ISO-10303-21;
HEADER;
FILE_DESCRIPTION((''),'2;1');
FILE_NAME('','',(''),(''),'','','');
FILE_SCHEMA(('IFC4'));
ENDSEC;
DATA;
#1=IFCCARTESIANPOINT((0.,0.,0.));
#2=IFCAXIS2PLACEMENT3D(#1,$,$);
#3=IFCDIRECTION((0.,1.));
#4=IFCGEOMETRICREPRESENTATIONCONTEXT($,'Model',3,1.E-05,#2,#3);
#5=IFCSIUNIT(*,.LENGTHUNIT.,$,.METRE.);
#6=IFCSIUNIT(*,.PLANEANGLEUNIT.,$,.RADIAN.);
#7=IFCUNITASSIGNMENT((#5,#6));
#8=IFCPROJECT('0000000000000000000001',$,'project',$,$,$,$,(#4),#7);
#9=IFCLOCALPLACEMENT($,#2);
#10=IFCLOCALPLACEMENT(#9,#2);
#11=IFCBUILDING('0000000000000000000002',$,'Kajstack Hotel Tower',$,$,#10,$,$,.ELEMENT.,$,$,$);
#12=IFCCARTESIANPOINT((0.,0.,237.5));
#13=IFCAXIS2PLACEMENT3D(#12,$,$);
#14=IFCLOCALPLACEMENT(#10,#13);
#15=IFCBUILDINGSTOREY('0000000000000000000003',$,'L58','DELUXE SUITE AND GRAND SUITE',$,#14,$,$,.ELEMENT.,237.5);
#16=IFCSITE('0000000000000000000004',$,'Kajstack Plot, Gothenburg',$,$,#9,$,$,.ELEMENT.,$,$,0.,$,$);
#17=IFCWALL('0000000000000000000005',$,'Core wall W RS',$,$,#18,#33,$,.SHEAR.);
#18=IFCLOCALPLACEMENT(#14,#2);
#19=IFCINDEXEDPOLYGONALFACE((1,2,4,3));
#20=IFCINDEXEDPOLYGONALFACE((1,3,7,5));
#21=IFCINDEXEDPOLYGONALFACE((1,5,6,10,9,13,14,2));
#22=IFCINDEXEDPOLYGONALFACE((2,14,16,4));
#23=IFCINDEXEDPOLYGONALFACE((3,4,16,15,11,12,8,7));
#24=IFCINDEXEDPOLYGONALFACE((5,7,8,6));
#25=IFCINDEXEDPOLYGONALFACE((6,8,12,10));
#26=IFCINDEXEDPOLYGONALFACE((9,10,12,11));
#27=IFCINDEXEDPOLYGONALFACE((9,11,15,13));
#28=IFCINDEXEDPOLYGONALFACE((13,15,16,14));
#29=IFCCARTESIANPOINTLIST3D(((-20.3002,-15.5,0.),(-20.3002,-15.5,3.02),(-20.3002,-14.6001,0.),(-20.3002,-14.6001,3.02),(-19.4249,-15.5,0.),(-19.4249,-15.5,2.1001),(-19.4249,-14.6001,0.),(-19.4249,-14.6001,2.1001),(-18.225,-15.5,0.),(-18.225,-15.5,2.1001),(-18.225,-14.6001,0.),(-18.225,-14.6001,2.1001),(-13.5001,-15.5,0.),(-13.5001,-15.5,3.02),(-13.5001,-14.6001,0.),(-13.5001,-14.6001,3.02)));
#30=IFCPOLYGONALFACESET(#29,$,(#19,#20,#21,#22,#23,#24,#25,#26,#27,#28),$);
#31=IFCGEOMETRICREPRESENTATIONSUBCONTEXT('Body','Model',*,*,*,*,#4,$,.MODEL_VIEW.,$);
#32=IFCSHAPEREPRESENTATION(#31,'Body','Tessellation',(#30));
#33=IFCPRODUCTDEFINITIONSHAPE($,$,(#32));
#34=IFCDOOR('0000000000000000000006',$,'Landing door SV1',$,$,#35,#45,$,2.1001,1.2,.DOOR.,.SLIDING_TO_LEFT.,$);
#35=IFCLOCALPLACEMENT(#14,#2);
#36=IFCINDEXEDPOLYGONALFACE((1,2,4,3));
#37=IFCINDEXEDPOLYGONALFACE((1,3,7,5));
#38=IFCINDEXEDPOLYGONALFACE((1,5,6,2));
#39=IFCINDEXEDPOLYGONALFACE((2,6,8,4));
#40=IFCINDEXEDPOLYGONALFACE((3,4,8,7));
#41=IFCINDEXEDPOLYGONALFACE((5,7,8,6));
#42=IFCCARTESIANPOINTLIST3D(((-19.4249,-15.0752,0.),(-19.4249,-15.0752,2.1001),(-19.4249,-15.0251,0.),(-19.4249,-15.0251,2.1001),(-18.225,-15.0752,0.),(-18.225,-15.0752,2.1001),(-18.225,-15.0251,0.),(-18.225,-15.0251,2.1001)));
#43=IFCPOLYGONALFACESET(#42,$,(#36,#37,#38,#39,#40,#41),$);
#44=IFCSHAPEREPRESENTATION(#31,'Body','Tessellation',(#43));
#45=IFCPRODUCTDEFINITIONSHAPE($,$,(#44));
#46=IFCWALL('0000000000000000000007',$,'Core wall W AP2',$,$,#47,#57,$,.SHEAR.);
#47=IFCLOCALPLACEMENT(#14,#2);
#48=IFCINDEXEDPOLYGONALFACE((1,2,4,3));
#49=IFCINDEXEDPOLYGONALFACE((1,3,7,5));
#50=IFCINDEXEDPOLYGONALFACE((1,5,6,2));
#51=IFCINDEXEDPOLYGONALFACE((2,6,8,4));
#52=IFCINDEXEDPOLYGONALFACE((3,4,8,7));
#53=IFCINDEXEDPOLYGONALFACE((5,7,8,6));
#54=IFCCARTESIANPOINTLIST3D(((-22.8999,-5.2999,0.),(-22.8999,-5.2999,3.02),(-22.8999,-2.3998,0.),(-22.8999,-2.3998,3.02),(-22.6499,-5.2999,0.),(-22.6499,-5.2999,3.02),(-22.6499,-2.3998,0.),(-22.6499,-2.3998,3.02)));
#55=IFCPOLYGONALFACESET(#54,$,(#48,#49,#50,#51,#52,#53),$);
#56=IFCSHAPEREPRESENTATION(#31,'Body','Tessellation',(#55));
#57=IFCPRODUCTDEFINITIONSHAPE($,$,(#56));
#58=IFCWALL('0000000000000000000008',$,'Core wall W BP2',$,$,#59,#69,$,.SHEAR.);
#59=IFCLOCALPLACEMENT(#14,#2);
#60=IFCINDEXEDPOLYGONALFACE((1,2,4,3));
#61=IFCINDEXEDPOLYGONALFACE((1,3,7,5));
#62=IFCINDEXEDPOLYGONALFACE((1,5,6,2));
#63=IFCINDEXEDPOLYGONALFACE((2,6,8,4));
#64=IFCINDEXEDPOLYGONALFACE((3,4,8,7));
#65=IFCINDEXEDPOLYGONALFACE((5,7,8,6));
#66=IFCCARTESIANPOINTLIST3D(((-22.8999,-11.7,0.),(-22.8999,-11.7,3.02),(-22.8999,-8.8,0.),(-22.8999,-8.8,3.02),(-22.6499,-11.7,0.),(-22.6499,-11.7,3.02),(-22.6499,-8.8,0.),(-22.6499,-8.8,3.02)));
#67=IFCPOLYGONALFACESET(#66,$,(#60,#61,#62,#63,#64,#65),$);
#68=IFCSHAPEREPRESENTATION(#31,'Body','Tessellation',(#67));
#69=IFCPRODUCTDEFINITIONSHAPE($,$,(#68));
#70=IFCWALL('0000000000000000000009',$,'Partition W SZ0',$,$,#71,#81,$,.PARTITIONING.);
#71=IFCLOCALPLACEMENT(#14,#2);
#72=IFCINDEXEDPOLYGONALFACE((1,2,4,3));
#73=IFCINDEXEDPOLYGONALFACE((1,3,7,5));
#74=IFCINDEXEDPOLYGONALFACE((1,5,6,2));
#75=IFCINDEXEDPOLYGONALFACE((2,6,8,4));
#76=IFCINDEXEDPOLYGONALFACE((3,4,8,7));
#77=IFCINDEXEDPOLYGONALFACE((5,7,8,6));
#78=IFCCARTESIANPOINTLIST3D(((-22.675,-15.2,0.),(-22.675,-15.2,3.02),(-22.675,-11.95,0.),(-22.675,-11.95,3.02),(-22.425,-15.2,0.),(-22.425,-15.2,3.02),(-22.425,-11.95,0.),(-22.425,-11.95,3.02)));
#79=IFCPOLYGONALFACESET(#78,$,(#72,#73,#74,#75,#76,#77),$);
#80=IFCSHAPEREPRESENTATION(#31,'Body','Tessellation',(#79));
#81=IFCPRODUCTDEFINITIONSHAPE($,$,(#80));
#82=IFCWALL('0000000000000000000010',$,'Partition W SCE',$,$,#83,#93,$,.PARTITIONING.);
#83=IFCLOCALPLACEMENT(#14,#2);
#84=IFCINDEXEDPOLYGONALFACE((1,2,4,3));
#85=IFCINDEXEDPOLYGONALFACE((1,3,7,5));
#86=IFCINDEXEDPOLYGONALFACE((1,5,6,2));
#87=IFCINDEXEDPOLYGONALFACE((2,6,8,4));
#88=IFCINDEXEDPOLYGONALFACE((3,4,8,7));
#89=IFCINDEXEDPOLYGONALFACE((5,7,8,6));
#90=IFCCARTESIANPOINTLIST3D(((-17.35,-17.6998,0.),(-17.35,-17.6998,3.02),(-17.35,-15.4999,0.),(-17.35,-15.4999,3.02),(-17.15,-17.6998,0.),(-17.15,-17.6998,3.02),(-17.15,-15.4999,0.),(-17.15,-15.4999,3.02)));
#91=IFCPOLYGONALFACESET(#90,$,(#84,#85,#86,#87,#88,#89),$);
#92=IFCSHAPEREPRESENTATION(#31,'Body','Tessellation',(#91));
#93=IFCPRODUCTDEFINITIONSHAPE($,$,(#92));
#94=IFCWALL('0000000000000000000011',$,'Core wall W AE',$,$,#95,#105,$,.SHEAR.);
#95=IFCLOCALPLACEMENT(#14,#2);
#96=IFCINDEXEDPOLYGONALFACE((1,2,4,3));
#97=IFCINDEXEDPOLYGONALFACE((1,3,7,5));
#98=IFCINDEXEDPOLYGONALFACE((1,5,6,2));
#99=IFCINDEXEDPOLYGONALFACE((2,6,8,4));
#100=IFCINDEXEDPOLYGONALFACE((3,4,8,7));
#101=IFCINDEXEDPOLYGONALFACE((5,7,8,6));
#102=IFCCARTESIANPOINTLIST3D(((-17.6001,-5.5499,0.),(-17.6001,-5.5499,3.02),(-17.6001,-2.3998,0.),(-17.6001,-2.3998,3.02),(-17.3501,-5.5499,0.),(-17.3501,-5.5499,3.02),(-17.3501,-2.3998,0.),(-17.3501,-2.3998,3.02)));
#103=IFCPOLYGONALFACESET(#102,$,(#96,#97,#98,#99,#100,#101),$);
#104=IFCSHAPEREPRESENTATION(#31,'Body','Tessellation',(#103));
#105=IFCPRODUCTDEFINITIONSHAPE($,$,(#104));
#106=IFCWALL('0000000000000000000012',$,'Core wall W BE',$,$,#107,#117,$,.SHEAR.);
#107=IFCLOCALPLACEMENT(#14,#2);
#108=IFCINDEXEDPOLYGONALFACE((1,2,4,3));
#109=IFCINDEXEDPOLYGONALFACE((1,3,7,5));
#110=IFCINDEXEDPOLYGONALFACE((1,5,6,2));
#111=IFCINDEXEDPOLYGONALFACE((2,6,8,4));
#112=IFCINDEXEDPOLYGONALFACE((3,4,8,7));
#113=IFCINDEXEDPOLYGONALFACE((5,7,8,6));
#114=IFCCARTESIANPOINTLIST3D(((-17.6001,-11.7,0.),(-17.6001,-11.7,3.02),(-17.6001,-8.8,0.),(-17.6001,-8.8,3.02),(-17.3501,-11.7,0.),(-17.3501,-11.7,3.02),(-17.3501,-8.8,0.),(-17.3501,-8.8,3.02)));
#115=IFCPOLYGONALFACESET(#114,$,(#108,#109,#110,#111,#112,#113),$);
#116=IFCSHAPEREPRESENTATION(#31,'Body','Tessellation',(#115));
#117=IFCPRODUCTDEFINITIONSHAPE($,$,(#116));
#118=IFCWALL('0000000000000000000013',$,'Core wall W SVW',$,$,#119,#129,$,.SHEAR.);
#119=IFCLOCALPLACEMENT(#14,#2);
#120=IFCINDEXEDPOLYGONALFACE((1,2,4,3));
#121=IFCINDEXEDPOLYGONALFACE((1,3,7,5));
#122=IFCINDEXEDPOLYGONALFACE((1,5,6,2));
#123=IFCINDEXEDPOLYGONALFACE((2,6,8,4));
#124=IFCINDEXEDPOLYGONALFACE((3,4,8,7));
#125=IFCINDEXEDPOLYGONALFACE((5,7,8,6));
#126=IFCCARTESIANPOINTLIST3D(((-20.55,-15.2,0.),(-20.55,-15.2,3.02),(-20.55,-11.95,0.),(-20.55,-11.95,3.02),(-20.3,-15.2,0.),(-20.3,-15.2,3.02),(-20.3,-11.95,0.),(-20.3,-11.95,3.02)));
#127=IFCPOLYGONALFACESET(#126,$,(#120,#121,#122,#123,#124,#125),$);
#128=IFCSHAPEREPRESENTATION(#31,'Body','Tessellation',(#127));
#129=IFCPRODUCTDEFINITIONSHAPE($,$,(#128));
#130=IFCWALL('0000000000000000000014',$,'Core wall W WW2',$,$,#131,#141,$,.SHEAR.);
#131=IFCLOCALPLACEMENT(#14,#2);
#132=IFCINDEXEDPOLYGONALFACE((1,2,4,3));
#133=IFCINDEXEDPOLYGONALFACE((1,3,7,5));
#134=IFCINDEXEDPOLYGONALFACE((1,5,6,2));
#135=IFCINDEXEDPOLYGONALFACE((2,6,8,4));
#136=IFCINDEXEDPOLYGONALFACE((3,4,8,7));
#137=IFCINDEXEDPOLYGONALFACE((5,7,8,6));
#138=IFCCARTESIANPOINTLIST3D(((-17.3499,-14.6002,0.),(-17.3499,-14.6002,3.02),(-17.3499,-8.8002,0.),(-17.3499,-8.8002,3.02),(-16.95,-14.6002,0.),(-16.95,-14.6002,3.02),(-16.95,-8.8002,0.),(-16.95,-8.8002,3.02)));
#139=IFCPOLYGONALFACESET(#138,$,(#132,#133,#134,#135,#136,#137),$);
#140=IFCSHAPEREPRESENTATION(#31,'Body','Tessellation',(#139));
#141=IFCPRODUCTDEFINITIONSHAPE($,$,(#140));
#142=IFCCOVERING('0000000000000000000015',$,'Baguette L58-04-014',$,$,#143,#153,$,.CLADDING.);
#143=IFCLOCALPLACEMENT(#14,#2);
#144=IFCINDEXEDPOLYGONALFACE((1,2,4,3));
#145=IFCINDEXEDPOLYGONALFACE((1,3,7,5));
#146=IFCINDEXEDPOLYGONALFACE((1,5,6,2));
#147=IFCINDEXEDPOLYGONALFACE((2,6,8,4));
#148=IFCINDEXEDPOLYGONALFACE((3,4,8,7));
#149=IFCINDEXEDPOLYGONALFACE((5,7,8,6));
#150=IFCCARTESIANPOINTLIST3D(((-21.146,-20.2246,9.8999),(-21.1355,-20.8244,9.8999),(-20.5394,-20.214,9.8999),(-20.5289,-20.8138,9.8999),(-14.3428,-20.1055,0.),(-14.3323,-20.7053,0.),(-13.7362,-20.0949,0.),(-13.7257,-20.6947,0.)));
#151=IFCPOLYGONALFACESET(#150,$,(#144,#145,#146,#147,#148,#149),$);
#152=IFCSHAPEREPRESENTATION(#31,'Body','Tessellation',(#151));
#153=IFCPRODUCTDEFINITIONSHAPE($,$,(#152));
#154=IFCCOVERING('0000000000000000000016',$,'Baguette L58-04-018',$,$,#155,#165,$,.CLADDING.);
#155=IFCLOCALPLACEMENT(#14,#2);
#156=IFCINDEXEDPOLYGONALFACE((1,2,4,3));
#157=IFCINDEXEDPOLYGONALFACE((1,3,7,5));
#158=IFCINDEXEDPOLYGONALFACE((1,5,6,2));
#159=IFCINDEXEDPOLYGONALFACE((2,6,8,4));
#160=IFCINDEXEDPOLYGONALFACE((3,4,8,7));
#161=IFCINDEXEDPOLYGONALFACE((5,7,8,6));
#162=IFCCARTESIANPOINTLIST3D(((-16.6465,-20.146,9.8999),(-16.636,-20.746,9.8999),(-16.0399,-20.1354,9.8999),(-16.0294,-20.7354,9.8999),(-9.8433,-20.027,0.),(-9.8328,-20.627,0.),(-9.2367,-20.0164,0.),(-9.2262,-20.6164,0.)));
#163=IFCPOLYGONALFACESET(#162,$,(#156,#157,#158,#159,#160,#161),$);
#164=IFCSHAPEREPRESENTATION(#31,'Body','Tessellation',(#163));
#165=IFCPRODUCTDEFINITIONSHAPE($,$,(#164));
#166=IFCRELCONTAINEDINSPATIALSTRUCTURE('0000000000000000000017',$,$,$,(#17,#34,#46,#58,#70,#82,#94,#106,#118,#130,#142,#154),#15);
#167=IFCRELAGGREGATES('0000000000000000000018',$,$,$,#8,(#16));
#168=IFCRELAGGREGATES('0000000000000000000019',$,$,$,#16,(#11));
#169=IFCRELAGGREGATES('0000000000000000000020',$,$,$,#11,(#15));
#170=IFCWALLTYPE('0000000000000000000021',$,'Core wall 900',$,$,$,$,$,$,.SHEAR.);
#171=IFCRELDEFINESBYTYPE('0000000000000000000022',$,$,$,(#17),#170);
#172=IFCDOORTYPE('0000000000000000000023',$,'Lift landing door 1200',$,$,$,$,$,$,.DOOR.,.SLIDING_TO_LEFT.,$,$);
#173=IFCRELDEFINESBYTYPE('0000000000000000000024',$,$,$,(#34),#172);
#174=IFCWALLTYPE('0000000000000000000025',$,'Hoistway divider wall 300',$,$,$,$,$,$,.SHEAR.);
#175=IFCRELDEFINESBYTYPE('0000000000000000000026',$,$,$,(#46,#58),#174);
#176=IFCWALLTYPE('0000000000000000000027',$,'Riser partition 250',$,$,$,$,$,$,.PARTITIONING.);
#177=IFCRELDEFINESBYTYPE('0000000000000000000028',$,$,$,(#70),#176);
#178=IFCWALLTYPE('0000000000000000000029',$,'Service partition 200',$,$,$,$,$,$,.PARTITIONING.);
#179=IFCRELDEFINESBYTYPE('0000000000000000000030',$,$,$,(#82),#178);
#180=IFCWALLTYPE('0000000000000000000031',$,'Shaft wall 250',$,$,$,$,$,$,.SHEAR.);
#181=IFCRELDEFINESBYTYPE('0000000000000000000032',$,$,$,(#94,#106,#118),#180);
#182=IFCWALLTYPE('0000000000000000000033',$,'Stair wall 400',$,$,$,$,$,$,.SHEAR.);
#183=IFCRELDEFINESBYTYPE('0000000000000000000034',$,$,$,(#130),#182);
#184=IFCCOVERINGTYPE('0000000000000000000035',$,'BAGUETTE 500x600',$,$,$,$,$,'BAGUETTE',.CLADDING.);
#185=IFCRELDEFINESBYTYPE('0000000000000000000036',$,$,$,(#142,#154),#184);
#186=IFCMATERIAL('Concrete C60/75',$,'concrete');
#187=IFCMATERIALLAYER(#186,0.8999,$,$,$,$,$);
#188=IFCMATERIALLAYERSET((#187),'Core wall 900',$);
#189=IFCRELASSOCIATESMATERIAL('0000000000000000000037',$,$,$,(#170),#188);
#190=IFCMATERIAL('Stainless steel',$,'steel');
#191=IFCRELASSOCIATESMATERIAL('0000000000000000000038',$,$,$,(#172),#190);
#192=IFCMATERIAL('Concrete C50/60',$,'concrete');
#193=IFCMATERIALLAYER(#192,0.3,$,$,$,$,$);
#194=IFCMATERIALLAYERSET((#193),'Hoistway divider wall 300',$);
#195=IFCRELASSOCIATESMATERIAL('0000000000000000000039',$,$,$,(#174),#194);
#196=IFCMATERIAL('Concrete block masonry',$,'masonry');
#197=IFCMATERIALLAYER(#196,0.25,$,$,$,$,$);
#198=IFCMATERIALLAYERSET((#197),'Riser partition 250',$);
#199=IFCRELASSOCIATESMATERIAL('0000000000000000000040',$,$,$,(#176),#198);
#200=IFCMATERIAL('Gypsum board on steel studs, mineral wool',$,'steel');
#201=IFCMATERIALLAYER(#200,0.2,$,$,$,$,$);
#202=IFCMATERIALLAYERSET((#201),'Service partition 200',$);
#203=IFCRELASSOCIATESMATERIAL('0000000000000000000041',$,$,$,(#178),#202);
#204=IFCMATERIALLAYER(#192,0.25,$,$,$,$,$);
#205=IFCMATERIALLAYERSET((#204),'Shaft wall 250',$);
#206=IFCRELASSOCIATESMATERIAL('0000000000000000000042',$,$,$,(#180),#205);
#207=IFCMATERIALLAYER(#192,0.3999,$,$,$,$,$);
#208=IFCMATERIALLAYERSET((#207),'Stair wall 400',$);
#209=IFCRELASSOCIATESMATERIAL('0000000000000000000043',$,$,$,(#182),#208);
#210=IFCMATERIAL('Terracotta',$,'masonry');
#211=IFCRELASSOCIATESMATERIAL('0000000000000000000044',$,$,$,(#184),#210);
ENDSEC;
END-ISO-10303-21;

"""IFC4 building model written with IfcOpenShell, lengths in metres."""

from ifc_helpers import new_model, si_unit, direction, frame, frame_2d, origin, origin_2d, place, context, subcontext, project, spatial, polyline, rectangle, outline, extrude, material, layer, layer_set, material_profile, profile_set, type_object, element, fill, save


model = new_model("IFC4")

# Units and contexts
model_context = context("Model", 3, precision=1e-05, world=origin(), true_north=direction((0.0, 1.0)))
body_context = subcontext(model_context, "Body", "Model", "MODEL_VIEW")
ifc_project = project(units=[si_unit("LENGTHUNIT", "METRE"), si_unit("PLANEANGLEUNIT", "RADIAN")], contexts=[model_context])

# Site, building, storey
site_placement = place(None, origin())
site = spatial("IfcSite", under=ifc_project, at=site_placement, Name="Kajstack Plot, Gothenburg", CompositionType="ELEMENT", RefElevation=0.0)
building_placement = place(site_placement, origin())
building = spatial("IfcBuilding", under=site, at=building_placement, Name="Kajstack Hotel Tower", CompositionType="ELEMENT")
storey_placement = place(building_placement, frame((0.0, 0.0, 237.5)))
storey = spatial("IfcBuildingStorey", under=building, at=storey_placement, Name="L58", Description="DELUXE SUITE AND GRAND SUITE", CompositionType="ELEMENT", Elevation=237.5)

# Wall, opening, door
ifc_material_1 = material(Name="Concrete C60/75", Category="concrete")
ifc_layer_1 = layer(ifc_material_1, 0.8999)
ifc_layer_set_1 = layer_set([ifc_layer_1], Name="Core wall 900")
wall_type_1 = type_object("IfcWallType", Name="Core wall 900", PredefinedType="SHEAR", material=ifc_layer_set_1)
wall_1_placement = place(storey_placement, frame((-20.3, -15.05, 0.0), z_axis=(0.0, 0.0, 1.0), x_axis=(1.0, 0.0, 0.0)))
wall_1 = element("IfcWall", 1, at=wall_1_placement, inside=storey, type_object=wall_type_1, Name="Core wall W RS", PredefinedType="SHEAR", context=body_context, shape_type="SweptSolid", body=[
    extrude(rectangle(XDim=6.8, YDim=0.8999, at=frame_2d((3.3999, 0.0))), origin(), (0.0, 0.0, 1.0), 3.02),
])
opening_placement = place(wall_1_placement, frame((0.875, 0.0, 0.0)))
opening = element("IfcOpeningElement", 2, at=opening_placement, cuts=wall_1, PredefinedType="OPENING", context=body_context, shape_type="SweptSolid", body=[
    extrude(rectangle(XDim=1.2, YDim=2.1001, at=frame_2d((0.6001, 1.05))), frame((0.0, 0.46, 0.0), z_axis=(0.0, -1.0, 0.0), x_axis=(1.0, 0.0, 0.0)), (0.0, 0.0, 1.0), 0.9199),
])
ifc_material_2 = material(Name="Stainless steel", Category="steel")
door_type = type_object("IfcDoorType", Name="Lift landing door 1200", OperationType="SLIDING_TO_LEFT", PredefinedType="DOOR", material=ifc_material_2)
door_placement = place(opening_placement, origin())
door = element("IfcDoor", 3, at=door_placement, inside=storey, type_object=door_type, Name="Landing door SV1", OperationType="SLIDING_TO_LEFT", OverallHeight=2.1001, OverallWidth=1.2, PredefinedType="DOOR", context=body_context, shape_type="SweptSolid", body=[
    extrude(rectangle(XDim=1.2, YDim=2.1001, at=frame_2d((0.6001, 1.05))), frame((0.0, 0.0249, 0.0), z_axis=(0.0, -1.0, 0.0), x_axis=(1.0, 0.0, 0.0)), (0.0, 0.0, 1.0), 0.05),
])
fill(opening, door)

# Walls
ifc_material_3 = material(Name="Concrete C50/60", Category="concrete")
ifc_layer_2 = layer(ifc_material_3, 0.3)
ifc_layer_set_2 = layer_set([ifc_layer_2], Name="Hoistway divider wall 300")
wall_type_2 = type_object("IfcWallType", Name="Hoistway divider wall 300", PredefinedType="SHEAR", material=ifc_layer_set_2)
wall_2_placement = place(storey_placement, frame((-22.7749, -5.3, 0.0), z_axis=(0.0, 0.0, 1.0), x_axis=(0.0, 1.0, 0.0)))
element("IfcWall", 4, at=wall_2_placement, inside=storey, type_object=wall_type_2, Name="Core wall W AP2", PredefinedType="SHEAR", context=body_context, shape_type="SweptSolid", body=[
    extrude(rectangle(XDim=2.9001, YDim=0.25, at=frame_2d((1.4502, 0.0))), origin(), (0.0, 0.0, 1.0), 3.02),
])
wall_3_placement = place(storey_placement, frame((-22.7749, -11.7, 0.0), z_axis=(0.0, 0.0, 1.0), x_axis=(0.0, 1.0, 0.0)))
element("IfcWall", 5, at=wall_3_placement, inside=storey, type_object=wall_type_2, Name="Core wall W BP2", PredefinedType="SHEAR", context=body_context, shape_type="SweptSolid", body=[
    extrude(rectangle(XDim=2.8999, YDim=0.25, at=frame_2d((1.45, 0.0))), origin(), (0.0, 0.0, 1.0), 3.02),
])
ifc_material_4 = material(Name="Concrete block masonry", Category="masonry")
ifc_layer_3 = layer(ifc_material_4, 0.25)
ifc_layer_set_3 = layer_set([ifc_layer_3], Name="Riser partition 250")
wall_type_3 = type_object("IfcWallType", Name="Riser partition 250", PredefinedType="PARTITIONING", material=ifc_layer_set_3)
wall_4_placement = place(storey_placement, frame((-22.55, -15.2, 0.0), z_axis=(0.0, 0.0, 1.0), x_axis=(0.0, 1.0, 0.0)))
element("IfcWall", 6, at=wall_4_placement, inside=storey, type_object=wall_type_3, Name="Partition W SZ0", PredefinedType="PARTITIONING", context=body_context, shape_type="SweptSolid", body=[
    extrude(rectangle(XDim=3.25, YDim=0.25, at=frame_2d((1.625, 0.0))), origin(), (0.0, 0.0, 1.0), 3.02),
])
ifc_material_5 = material(Name="Gypsum board on steel studs, mineral wool", Category="steel")
ifc_layer_4 = layer(ifc_material_5, 0.2)
ifc_layer_set_4 = layer_set([ifc_layer_4], Name="Service partition 200")
wall_type_4 = type_object("IfcWallType", Name="Service partition 200", PredefinedType="PARTITIONING", material=ifc_layer_set_4)
wall_5_placement = place(storey_placement, frame((-17.25, -17.7, 0.0), z_axis=(0.0, 0.0, 1.0), x_axis=(0.0, 1.0, 0.0)))
element("IfcWall", 7, at=wall_5_placement, inside=storey, type_object=wall_type_4, Name="Partition W SCE", PredefinedType="PARTITIONING", context=body_context, shape_type="SweptSolid", body=[
    extrude(rectangle(XDim=2.2, YDim=0.2, at=frame_2d((1.1001, 0.0))), origin(), (0.0, 0.0, 1.0), 3.02),
])
ifc_layer_5 = layer(ifc_material_3, 0.25)
ifc_layer_set_5 = layer_set([ifc_layer_5], Name="Shaft wall 250")
wall_type_5 = type_object("IfcWallType", Name="Shaft wall 250", PredefinedType="SHEAR", material=ifc_layer_set_5)
wall_6_placement = place(storey_placement, frame((-17.4751, -5.55, 0.0), z_axis=(0.0, 0.0, 1.0), x_axis=(0.0, 1.0, 0.0)))
element("IfcWall", 8, at=wall_6_placement, inside=storey, type_object=wall_type_5, Name="Core wall W AE", PredefinedType="SHEAR", context=body_context, shape_type="SweptSolid", body=[
    extrude(rectangle(XDim=3.1501, YDim=0.25, at=frame_2d((1.5752, 0.0))), origin(), (0.0, 0.0, 1.0), 3.02),
])
wall_7_placement = place(storey_placement, frame((-17.4751, -11.7, 0.0), z_axis=(0.0, 0.0, 1.0), x_axis=(0.0, 1.0, 0.0)))
element("IfcWall", 9, at=wall_7_placement, inside=storey, type_object=wall_type_5, Name="Core wall W BE", PredefinedType="SHEAR", context=body_context, shape_type="SweptSolid", body=[
    extrude(rectangle(XDim=2.8999, YDim=0.25, at=frame_2d((1.45, 0.0))), origin(), (0.0, 0.0, 1.0), 3.02),
])
wall_8_placement = place(storey_placement, frame((-20.425, -15.2, 0.0), z_axis=(0.0, 0.0, 1.0), x_axis=(0.0, 1.0, 0.0)))
element("IfcWall", 10, at=wall_8_placement, inside=storey, type_object=wall_type_5, Name="Core wall W SVW", PredefinedType="SHEAR", context=body_context, shape_type="SweptSolid", body=[
    extrude(rectangle(XDim=3.25, YDim=0.25, at=frame_2d((1.625, 0.0))), origin(), (0.0, 0.0, 1.0), 3.02),
])
ifc_layer_6 = layer(ifc_material_3, 0.3999)
ifc_layer_set_6 = layer_set([ifc_layer_6], Name="Stair wall 400")
wall_type_6 = type_object("IfcWallType", Name="Stair wall 400", PredefinedType="SHEAR", material=ifc_layer_set_6)
wall_9_placement = place(storey_placement, frame((-17.1499, -14.6001, 0.0), z_axis=(0.0, 0.0, 1.0), x_axis=(0.0, 1.0, 0.0)))
element("IfcWall", 11, at=wall_9_placement, inside=storey, type_object=wall_type_6, Name="Core wall W WW2", PredefinedType="SHEAR", context=body_context, shape_type="SweptSolid", body=[
    extrude(rectangle(XDim=5.8, YDim=0.3999, at=frame_2d((2.8999, 0.0))), origin(), (0.0, 0.0, 1.0), 3.02),
])

# Coverings
ifc_material_6 = material(Name="Terracotta", Category="masonry")
ifc_material_profile = material_profile(ifc_material_6, rectangle(XDim=0.6001, YDim=0.5, at=origin_2d()), Name="Terracotta-clad concrete baguette 500 x 600")
ifc_profile_set = profile_set([ifc_material_profile], Name="Terracotta")
covering_type = type_object("IfcCoveringType", Name="BAGUETTE 500x600", ElementType="BAGUETTE", PredefinedType="CLADDING", material=ifc_profile_set)
covering_1_placement = place(storey_placement, frame((-21.146, -20.2246, 0.0), z_axis=(0.017498, -0.999847, 0.0), x_axis=(0.999847, 0.017498, 0.0)))
element("IfcCovering", 12, at=covering_1_placement, inside=storey, type_object=covering_type, Name="Baguette L58-04-014", PredefinedType="CLADDING", context=body_context, shape_type="SweptSolid", body=[
    extrude(outline(polyline([(0.0, 9.8999), (6.8042, 0.0), (7.4109, 0.0), (0.6067, 9.8999), (0.0, 9.8999)])), origin(), (0.0, 0.0, 1.0), 0.5999),
])
covering_2_placement = place(storey_placement, frame((-16.6465, -20.146, 0.0), z_axis=(0.017491, -0.999847, 0.0), x_axis=(0.999847, 0.017491, 0.0)))
element("IfcCovering", 13, at=covering_2_placement, inside=storey, type_object=covering_type, Name="Baguette L58-04-018", PredefinedType="CLADDING", context=body_context, shape_type="SweptSolid", body=[
    extrude(outline(polyline([(0.0, 9.8999), (6.8042, 0.0), (7.4109, 0.0), (0.6067, 9.8999), (0.0, 9.8999)])), origin(), (0.0, 0.0, 1.0), 0.6001),
])

save(model, "model.ifc")
